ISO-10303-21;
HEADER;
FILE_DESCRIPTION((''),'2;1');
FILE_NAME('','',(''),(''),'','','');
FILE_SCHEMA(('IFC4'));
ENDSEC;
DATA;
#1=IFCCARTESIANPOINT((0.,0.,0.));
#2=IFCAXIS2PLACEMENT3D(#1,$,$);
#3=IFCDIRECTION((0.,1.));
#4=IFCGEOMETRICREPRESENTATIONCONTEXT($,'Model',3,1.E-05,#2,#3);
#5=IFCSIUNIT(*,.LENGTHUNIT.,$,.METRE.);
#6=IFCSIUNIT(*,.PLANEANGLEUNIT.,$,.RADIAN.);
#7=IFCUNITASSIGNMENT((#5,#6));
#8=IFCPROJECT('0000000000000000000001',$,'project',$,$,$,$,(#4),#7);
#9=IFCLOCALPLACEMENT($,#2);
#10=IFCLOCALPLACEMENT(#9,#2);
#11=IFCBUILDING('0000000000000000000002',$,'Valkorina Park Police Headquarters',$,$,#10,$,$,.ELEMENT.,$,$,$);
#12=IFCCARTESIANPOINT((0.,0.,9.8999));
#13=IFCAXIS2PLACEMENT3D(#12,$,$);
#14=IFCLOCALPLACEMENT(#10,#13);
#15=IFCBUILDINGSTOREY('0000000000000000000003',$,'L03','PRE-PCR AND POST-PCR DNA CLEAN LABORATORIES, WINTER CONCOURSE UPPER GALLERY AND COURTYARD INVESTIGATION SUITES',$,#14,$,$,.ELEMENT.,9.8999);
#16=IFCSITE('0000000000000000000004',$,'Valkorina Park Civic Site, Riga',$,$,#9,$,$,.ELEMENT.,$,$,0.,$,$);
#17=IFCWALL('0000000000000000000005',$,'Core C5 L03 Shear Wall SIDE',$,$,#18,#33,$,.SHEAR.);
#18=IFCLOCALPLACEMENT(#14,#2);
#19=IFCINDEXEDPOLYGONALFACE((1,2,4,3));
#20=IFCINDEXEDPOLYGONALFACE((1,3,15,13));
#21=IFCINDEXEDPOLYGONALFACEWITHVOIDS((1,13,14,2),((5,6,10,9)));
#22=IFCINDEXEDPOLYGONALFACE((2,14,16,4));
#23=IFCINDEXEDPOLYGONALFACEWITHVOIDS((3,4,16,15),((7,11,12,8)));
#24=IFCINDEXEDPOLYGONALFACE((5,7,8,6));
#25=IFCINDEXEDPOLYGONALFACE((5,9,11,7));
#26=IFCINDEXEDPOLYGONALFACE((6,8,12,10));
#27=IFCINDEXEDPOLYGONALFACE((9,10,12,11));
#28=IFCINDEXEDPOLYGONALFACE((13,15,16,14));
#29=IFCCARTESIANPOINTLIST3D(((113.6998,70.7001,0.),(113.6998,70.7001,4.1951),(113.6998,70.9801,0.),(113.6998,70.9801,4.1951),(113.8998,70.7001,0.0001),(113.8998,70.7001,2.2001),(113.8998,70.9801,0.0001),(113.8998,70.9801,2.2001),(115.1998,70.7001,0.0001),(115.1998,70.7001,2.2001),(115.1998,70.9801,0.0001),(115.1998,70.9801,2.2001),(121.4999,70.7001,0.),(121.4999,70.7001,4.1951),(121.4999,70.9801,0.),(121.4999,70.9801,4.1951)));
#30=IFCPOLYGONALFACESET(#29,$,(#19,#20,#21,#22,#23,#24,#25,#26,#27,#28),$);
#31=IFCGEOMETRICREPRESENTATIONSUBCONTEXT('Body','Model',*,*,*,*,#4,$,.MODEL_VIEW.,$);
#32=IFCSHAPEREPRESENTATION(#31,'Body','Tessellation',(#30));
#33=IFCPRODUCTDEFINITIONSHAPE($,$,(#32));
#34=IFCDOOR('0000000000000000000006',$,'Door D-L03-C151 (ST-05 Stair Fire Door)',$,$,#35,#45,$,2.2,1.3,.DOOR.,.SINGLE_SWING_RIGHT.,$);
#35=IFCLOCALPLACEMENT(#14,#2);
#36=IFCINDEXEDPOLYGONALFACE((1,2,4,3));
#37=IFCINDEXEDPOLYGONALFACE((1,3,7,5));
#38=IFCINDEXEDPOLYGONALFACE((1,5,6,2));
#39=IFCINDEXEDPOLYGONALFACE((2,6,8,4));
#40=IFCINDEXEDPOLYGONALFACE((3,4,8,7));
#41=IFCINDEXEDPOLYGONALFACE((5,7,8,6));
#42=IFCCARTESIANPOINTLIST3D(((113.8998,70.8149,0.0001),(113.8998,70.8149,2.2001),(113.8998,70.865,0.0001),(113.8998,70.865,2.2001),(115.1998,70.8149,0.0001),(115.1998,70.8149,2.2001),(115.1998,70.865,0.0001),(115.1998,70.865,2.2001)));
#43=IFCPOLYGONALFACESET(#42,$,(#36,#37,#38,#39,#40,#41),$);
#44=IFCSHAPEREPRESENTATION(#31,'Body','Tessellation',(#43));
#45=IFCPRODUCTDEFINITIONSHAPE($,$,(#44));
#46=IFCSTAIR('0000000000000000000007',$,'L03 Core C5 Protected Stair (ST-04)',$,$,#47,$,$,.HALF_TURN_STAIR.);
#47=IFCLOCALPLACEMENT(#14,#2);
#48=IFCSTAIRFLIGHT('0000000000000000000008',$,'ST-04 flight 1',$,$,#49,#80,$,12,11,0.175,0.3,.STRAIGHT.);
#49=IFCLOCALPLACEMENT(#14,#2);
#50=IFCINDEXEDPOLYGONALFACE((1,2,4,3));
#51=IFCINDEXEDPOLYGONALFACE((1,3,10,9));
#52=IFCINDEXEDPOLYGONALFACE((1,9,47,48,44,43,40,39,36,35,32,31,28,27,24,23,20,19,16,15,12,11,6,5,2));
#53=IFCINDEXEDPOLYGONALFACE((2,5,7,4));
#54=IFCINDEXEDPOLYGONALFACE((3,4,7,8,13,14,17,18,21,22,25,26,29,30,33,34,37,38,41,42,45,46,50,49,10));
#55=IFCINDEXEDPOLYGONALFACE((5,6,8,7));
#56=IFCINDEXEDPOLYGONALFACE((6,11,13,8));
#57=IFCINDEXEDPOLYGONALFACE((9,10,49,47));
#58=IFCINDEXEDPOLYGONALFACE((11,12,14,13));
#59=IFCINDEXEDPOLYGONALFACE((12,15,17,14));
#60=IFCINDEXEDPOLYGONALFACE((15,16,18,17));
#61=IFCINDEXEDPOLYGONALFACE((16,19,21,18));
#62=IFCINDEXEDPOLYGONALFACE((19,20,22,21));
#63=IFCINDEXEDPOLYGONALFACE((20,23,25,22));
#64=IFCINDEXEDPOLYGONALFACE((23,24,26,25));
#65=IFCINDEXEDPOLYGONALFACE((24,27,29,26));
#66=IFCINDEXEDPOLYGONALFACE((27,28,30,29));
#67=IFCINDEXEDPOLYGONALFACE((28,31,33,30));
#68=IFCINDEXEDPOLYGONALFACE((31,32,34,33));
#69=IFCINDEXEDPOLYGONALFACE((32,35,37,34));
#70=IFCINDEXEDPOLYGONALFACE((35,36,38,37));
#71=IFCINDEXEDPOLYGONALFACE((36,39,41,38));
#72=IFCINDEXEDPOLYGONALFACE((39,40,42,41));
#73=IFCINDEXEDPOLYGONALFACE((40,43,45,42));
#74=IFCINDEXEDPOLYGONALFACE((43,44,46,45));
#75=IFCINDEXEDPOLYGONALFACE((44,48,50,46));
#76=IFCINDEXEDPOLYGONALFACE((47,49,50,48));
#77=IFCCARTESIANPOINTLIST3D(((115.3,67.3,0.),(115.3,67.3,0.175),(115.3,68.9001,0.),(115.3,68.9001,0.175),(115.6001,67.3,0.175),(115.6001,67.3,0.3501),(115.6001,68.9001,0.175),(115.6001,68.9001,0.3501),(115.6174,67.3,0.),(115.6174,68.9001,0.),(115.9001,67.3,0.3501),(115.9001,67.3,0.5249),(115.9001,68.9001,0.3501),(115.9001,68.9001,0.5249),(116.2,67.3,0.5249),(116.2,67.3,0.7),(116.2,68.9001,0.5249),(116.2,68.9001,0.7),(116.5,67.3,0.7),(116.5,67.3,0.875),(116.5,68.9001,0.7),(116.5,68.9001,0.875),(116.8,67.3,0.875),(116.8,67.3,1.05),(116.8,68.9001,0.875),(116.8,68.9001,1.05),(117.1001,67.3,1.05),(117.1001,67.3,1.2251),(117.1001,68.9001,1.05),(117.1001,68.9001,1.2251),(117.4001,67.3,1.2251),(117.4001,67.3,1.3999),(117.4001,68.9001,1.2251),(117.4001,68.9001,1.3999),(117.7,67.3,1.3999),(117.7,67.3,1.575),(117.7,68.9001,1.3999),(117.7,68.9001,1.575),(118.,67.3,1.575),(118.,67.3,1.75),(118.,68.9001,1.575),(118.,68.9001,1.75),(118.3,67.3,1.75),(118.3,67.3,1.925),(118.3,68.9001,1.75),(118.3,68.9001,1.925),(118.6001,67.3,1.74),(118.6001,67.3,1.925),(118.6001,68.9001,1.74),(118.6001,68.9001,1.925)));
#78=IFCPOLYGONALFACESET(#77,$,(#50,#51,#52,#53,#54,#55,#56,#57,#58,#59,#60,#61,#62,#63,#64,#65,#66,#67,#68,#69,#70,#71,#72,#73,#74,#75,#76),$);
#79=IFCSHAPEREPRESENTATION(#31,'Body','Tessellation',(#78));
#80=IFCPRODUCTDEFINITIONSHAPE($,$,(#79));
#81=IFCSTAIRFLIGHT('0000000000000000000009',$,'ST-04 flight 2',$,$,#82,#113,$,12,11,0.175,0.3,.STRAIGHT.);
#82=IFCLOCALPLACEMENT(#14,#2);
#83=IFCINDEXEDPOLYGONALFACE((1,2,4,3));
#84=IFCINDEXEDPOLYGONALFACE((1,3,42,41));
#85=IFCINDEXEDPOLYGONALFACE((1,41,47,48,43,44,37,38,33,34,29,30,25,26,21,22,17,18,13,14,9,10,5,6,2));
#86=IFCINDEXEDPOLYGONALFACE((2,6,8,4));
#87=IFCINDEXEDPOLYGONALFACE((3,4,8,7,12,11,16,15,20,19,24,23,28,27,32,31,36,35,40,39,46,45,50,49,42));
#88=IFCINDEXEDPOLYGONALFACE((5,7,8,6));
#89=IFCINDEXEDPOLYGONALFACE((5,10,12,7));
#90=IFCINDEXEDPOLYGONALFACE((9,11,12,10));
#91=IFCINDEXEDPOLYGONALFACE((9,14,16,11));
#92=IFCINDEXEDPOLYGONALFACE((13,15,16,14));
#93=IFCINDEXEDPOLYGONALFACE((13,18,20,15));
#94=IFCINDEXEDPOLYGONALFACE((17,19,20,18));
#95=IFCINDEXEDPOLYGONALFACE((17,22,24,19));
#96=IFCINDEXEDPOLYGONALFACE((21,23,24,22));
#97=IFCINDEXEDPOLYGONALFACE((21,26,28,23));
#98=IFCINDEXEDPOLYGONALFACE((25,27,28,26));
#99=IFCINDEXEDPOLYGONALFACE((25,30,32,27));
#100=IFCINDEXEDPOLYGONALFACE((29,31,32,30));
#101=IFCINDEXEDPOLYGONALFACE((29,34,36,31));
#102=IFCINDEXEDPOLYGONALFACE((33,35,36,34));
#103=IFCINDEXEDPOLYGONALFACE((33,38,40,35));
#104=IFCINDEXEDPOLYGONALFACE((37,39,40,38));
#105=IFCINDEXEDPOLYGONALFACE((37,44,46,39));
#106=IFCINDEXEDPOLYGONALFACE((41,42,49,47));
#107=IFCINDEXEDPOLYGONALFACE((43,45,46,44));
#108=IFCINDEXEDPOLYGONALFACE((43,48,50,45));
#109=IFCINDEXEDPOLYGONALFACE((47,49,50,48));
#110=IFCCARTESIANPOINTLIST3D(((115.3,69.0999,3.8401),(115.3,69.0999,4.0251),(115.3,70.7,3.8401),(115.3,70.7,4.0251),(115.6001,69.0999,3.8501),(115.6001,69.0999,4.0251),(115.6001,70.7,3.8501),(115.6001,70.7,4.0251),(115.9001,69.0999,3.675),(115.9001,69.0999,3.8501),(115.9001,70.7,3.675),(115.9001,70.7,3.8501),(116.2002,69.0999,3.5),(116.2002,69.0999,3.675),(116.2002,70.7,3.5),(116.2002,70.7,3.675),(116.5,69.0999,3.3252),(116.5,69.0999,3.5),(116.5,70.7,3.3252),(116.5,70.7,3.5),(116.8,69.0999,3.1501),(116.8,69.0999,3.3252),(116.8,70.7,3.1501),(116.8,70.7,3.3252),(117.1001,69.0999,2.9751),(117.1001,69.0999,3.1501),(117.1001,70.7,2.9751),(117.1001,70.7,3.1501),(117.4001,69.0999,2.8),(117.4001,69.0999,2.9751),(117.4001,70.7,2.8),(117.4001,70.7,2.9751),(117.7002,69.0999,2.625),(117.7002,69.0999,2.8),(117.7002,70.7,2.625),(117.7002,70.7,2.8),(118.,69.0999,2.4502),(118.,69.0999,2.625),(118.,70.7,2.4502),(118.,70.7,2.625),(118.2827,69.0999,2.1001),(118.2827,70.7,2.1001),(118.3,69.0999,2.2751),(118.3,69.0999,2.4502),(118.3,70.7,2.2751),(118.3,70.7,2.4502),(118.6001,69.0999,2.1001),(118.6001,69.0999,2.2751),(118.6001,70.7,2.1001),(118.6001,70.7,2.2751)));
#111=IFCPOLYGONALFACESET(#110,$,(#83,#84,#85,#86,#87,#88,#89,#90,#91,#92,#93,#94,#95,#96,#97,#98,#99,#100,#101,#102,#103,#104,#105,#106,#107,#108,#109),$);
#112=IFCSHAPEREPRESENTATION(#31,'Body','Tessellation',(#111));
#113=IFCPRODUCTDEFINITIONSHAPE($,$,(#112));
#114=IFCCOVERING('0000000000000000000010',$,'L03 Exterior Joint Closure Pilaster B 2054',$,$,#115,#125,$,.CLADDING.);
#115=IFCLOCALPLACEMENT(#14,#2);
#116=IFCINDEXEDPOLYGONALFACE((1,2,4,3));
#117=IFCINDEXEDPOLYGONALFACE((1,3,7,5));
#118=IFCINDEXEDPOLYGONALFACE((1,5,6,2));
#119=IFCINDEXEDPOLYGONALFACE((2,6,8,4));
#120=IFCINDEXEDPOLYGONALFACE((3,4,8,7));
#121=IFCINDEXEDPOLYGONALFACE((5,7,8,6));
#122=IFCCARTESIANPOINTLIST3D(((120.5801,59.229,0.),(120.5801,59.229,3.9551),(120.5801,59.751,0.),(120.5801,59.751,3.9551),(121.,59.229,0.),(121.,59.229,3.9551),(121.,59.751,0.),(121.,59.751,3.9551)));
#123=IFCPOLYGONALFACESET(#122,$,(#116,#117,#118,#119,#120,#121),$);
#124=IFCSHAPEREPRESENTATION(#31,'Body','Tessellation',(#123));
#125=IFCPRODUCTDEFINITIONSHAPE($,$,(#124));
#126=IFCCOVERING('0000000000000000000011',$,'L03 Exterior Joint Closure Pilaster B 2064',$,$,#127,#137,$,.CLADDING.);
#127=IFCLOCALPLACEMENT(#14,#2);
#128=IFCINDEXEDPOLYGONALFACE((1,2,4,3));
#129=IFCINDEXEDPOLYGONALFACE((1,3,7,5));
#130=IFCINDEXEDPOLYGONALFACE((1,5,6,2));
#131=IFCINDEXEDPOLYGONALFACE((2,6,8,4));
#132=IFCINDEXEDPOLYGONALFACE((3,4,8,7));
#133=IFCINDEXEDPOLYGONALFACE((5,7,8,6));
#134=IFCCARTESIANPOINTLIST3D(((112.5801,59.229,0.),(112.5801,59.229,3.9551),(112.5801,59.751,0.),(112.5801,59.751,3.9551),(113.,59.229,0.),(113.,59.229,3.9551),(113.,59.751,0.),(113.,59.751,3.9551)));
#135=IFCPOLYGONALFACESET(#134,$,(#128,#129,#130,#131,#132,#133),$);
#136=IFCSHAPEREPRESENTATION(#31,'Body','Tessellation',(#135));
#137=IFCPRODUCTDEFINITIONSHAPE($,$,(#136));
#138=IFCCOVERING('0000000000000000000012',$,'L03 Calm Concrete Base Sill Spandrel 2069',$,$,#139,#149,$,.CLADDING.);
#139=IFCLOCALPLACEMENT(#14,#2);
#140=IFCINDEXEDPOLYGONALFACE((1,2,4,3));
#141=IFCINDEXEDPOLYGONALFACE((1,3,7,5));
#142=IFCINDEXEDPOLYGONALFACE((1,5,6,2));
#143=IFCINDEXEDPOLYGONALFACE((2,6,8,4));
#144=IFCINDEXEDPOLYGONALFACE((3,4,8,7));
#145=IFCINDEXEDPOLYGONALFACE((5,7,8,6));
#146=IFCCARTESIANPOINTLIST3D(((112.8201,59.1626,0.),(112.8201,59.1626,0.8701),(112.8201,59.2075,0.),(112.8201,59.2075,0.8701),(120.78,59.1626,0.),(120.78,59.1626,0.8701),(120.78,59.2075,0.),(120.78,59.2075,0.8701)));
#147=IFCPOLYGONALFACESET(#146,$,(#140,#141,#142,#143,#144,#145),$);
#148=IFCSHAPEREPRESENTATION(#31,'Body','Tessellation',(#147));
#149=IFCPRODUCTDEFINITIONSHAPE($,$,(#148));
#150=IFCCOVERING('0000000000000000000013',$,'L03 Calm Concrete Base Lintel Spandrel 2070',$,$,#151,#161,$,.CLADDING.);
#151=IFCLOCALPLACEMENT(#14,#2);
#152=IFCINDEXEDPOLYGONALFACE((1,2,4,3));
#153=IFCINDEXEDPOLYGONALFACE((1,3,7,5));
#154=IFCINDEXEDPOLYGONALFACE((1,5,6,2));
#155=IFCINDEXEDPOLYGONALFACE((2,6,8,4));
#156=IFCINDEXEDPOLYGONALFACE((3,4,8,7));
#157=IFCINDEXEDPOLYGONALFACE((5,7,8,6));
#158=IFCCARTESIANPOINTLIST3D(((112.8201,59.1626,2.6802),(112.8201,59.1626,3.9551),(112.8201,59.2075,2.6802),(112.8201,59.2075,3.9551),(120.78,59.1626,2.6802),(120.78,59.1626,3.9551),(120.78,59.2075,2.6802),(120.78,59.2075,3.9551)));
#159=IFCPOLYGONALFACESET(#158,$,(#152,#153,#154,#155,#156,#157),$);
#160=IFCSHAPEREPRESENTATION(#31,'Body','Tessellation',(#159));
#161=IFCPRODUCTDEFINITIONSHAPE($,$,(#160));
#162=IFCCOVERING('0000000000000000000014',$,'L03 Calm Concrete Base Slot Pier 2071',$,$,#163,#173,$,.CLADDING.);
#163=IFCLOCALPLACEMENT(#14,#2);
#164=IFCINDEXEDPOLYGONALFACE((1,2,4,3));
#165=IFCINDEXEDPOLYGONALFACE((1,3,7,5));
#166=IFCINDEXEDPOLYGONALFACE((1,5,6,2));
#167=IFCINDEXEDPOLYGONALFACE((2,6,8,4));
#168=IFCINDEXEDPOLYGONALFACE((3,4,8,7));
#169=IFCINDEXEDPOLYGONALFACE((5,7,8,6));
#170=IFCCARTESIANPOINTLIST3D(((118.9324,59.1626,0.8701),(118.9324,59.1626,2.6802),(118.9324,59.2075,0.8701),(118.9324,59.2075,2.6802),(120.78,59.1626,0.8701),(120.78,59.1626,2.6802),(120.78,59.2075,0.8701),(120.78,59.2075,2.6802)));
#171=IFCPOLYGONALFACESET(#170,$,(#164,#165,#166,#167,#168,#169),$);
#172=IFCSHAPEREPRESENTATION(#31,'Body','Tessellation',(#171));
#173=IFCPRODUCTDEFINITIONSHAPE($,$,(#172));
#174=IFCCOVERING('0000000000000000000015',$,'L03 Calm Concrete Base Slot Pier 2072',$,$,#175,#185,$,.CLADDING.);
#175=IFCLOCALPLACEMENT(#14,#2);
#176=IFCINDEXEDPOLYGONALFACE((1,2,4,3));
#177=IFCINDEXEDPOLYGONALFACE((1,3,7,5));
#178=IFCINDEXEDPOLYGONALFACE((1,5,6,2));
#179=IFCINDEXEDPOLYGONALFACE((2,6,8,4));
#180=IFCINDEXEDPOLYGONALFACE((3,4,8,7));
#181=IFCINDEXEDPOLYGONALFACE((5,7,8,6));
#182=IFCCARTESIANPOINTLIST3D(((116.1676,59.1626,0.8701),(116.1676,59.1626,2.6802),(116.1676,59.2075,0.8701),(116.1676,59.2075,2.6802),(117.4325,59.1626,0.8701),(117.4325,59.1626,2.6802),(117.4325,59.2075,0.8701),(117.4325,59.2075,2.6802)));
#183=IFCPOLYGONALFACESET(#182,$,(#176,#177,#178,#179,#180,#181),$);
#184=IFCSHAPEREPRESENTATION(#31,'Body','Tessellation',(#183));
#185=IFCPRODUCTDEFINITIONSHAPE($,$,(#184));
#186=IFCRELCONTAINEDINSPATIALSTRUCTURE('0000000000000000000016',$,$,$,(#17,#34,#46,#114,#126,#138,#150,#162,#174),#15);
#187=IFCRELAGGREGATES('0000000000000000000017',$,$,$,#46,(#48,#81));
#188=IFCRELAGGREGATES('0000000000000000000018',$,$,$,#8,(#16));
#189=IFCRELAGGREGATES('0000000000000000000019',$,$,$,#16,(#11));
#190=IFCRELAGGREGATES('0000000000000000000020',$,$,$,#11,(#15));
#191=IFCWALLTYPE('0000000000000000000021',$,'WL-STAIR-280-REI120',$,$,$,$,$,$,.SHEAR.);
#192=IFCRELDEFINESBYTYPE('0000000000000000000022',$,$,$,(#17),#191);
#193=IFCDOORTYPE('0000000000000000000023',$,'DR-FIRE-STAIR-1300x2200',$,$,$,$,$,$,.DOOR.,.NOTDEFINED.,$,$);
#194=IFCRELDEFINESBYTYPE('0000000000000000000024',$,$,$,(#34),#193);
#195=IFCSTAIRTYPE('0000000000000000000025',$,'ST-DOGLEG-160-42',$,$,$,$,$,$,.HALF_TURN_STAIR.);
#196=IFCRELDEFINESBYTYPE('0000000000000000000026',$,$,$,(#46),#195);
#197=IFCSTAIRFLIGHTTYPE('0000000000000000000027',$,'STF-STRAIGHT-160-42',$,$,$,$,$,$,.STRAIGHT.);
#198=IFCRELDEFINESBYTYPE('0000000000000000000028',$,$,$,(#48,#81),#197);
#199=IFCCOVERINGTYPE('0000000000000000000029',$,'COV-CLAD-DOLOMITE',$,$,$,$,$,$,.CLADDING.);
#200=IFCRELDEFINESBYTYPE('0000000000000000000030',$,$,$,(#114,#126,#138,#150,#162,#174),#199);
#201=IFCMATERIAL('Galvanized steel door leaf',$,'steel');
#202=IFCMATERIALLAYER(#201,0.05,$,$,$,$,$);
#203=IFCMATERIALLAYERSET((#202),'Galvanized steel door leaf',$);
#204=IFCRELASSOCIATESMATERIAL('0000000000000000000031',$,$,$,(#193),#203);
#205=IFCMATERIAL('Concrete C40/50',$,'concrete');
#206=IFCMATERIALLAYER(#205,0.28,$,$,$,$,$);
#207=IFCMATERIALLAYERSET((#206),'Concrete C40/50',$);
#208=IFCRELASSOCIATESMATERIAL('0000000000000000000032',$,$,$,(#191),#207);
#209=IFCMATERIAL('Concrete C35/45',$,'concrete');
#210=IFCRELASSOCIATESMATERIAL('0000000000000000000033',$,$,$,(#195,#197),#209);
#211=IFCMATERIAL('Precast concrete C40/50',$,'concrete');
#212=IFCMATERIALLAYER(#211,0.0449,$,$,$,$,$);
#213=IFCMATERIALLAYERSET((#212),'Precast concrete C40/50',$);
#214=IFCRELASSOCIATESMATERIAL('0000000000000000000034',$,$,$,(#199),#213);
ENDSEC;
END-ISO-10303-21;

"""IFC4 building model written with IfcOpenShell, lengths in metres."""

from ifc_helpers import new_model, si_unit, direction, frame, frame_2d, origin, origin_2d, place, context, subcontext, project, spatial, polyline, rectangle, outline, extrude, material, layer, layer_set, type_object, element, fill, aggregate, save


model = new_model("IFC4")

# Units and contexts
model_context = context("Model", 3, precision=1e-05, world=origin(), true_north=direction((0.0, 1.0)))
body_context = subcontext(model_context, "Body", "Model", "MODEL_VIEW")
ifc_project = project(units=[si_unit("LENGTHUNIT", "METRE"), si_unit("PLANEANGLEUNIT", "RADIAN")], contexts=[model_context])

# Site, building, storey
site_placement = place(None, origin())
site = spatial("IfcSite", under=ifc_project, at=site_placement, Name="Valkorina Park Civic Site, Riga", CompositionType="ELEMENT", RefElevation=0.0)
building_placement = place(site_placement, origin())
building = spatial("IfcBuilding", under=site, at=building_placement, Name="Valkorina Park Police Headquarters", CompositionType="ELEMENT")
storey_placement = place(building_placement, frame((0.0, 0.0, 9.8999)))
storey = spatial("IfcBuildingStorey", under=building, at=storey_placement, Name="L03", Description="PRE-PCR AND POST-PCR DNA CLEAN LABORATORIES, WINTER CONCOURSE UPPER GALLERY AND COURTYARD INVESTIGATION SUITES", CompositionType="ELEMENT", Elevation=9.8999)

# Shared definitions
ifc_material_1 = material(Name="Concrete C40/50", Category="concrete")
ifc_material_2 = material(Name="Galvanized steel door leaf", Category="steel")
ifc_layer_1 = layer(ifc_material_2, 0.05)
ifc_layer_set_1 = layer_set([ifc_layer_1], Name="Galvanized steel door leaf")
door_type = type_object("IfcDoorType", Name="DR-FIRE-STAIR-1300x2200", OperationType="NOTDEFINED", PredefinedType="DOOR", material=ifc_layer_set_1)

# Shared definitions
ifc_material_3 = material(Name="Concrete C35/45", Category="concrete")

# Wall, opening, door
ifc_layer_2 = layer(ifc_material_1, 0.28)
ifc_layer_set_2 = layer_set([ifc_layer_2], Name="Concrete C40/50")
wall_type_1 = type_object("IfcWallType", Name="WL-STAIR-280-REI120", PredefinedType="SHEAR", material=ifc_layer_set_2)
wall_1_placement = place(storey_placement, frame((113.7, 70.8401, 0.0), z_axis=(0.0, 0.0, 1.0), x_axis=(1.0, 0.0, 0.0)))
wall_1 = element("IfcWall", 1, at=wall_1_placement, inside=storey, type_object=wall_type_1, Name="Core C5 L03 Shear Wall SIDE", PredefinedType="SHEAR", context=body_context, shape_type="SweptSolid", body=[
    extrude(rectangle(XDim=7.8, YDim=0.28, at=frame_2d((3.8999, 0.0))), origin(), (0.0, 0.0, 1.0), 4.1951),
])
opening_1_placement = place(wall_1_placement, frame((0.2, 0.0, 0.0)))
opening_1 = element("IfcOpeningElement", 2, at=opening_1_placement, cuts=wall_1, PredefinedType="OPENING", context=body_context, shape_type="SweptSolid", body=[
    extrude(rectangle(XDim=1.3, YDim=2.2, at=frame_2d((0.6499, 1.1001))), frame((0.0, 0.1499, 0.0), z_axis=(0.0, -1.0, 0.0), x_axis=(1.0, 0.0, 0.0)), (0.0, 0.0, 1.0), 0.3),
])
door_1_placement = place(opening_1_placement, origin())
door_1 = element("IfcDoor", 3, at=door_1_placement, inside=storey, type_object=door_type, Name="Door D-L03-C151 (ST-05 Stair Fire Door)", OperationType="SINGLE_SWING_RIGHT", OverallHeight=2.2, OverallWidth=1.3, PredefinedType="DOOR", context=body_context, shape_type="SweptSolid", body=[
    extrude(rectangle(XDim=1.3, YDim=2.2, at=frame_2d((0.6499, 1.1001))), frame((0.0, 0.0249, 0.0), z_axis=(0.0, -1.0, 0.0), x_axis=(1.0, 0.0, 0.0)), (0.0, 0.0, 1.0), 0.05),
])
fill(opening_1, door_1)

# Stair, stair flights
stair_type = type_object("IfcStairType", Name="ST-DOGLEG-160-42", PredefinedType="HALF_TURN_STAIR", material=ifc_material_3)
stair_placement = place(storey_placement, origin())
stair = element("IfcStair", 4, at=stair_placement, inside=storey, type_object=stair_type, Name="L03 Core C5 Protected Stair (ST-04)", PredefinedType="HALF_TURN_STAIR")
stair_flight_type = type_object("IfcStairFlightType", Name="STF-STRAIGHT-160-42", PredefinedType="STRAIGHT", material=ifc_material_3)
stair_flight_1_placement = place(storey_placement, frame((115.3, 68.1001, 0.0), z_axis=(0.0, 0.0, 1.0), x_axis=(1.0, 0.0, 0.0)))
stair_flight_1 = element("IfcStairFlight", 5, at=stair_flight_1_placement, type_object=stair_flight_type, Name="ST-04 flight 1", NumberOfRisers=12, NumberOfTreads=11, PredefinedType="STRAIGHT", RiserHeight=0.175, TreadLength=0.3, context=body_context, shape_type="SweptSolid", body=[
    extrude(outline(polyline([(0.0, 0.0), (0.0, 0.175), (0.3, 0.175), (0.3, 0.3501), (0.6001, 0.3501), (0.6001, 0.5249), (0.8999, 0.5249), (0.8999, 0.7), (1.2, 0.7), (1.2, 0.875), (1.5, 0.875), (1.5, 1.05), (1.8, 1.05), (1.8, 1.2251), (2.1001, 1.2251), (2.1001, 1.3999), (2.3999, 1.3999), (2.3999, 1.575), (2.7, 1.575), (2.7, 1.75), (3.0, 1.75), (3.0, 1.925), (3.3, 1.925), (3.3, 2.1001), (3.3, 1.74), (0.3174, 0.0), (0.0, 0.0)])), frame((0.0, 0.8, 0.0), z_axis=(0.0, -1.0, 0.0), x_axis=(1.0, 0.0, 0.0)), (0.0, 0.0, 1.0), 1.6001),
])
stair_flight_2_placement = place(storey_placement, frame((118.6001, 69.8999, 2.1001), z_axis=(0.0, 0.0, 1.0), x_axis=(-1.0, 0.0, 0.0)))
stair_flight_2 = element("IfcStairFlight", 6, at=stair_flight_2_placement, type_object=stair_flight_type, Name="ST-04 flight 2", NumberOfRisers=12, NumberOfTreads=11, PredefinedType="STRAIGHT", RiserHeight=0.175, TreadLength=0.3, context=body_context, shape_type="SweptSolid", body=[
    extrude(outline(polyline([(0.0, 0.0), (0.0, 0.175), (0.3, 0.175), (0.3, 0.3501), (0.6001, 0.3501), (0.6001, 0.5249), (0.8999, 0.5249), (0.8999, 0.7), (1.2, 0.7), (1.2, 0.875), (1.5, 0.875), (1.5, 1.05), (1.8, 1.05), (1.8, 1.2251), (2.1001, 1.2251), (2.1001, 1.3999), (2.3999, 1.3999), (2.3999, 1.575), (2.7, 1.575), (2.7, 1.75), (3.0, 1.75), (3.0, 1.925), (3.3, 1.925), (3.3, 2.1001), (3.3, 1.74), (0.3174, 0.0), (0.0, 0.0)])), frame((0.0, 0.8, 0.0), z_axis=(0.0, -1.0, 0.0), x_axis=(1.0, 0.0, 0.0)), (0.0, 0.0, 1.0), 1.6001),
])
aggregate(stair, [stair_flight_1, stair_flight_2])

# Coverings
ifc_material_4 = material(Name="Precast concrete C40/50", Category="concrete")
ifc_layer_3 = layer(ifc_material_4, 0.0449)
ifc_layer_set_3 = layer_set([ifc_layer_3], Name="Precast concrete C40/50")
covering_type = type_object("IfcCoveringType", Name="COV-CLAD-DOLOMITE", PredefinedType="CLADDING", material=ifc_layer_set_3)
for number, where, z_axis, x_axis, name in (
    (7, (120.79, 59.49, 0.0), (0.0, 0.0, 1.0), (1.0, 0.0, 0.0), "L03 Exterior Joint Closure Pilaster B 2054"),
    (8, (112.79, 59.49, 0.0), (0.0, 0.0, 1.0), (1.0, 0.0, 0.0), "L03 Exterior Joint Closure Pilaster B 2064"),
):
    element("IfcCovering", number, at=place(storey_placement, frame(where, z_axis=z_axis, x_axis=x_axis)), inside=storey, type_object=covering_type, Name=name, PredefinedType="CLADDING", context=body_context, shape_type="SweptSolid", body=[
        extrude(rectangle(XDim=0.4199, YDim=0.522, at=origin_2d()), origin(), (0.0, 0.0, 1.0), 3.9551),
    ])
covering_1_placement = place(storey_placement, frame((120.78, 59.1851, 0.0), z_axis=(0.0, 0.0, 1.0), x_axis=(-1.0, 0.0, 0.0)))
element("IfcCovering", 9, at=covering_1_placement, inside=storey, type_object=covering_type, Name="L03 Calm Concrete Base Sill Spandrel 2069", PredefinedType="CLADDING", context=body_context, shape_type="SweptSolid", body=[
    extrude(rectangle(XDim=7.96, YDim=0.0449, at=frame_2d((3.98, 0.0))), origin(), (0.0, 0.0, 1.0), 0.8701),
])
covering_2_placement = place(storey_placement, frame((120.78, 59.1851, 2.6802), z_axis=(0.0, 0.0, 1.0), x_axis=(-1.0, 0.0, 0.0)))
element("IfcCovering", 10, at=covering_2_placement, inside=storey, type_object=covering_type, Name="L03 Calm Concrete Base Lintel Spandrel 2070", PredefinedType="CLADDING", context=body_context, shape_type="SweptSolid", body=[
    extrude(rectangle(XDim=7.96, YDim=0.0449, at=frame_2d((3.98, 0.0))), origin(), (0.0, 0.0, 1.0), 1.2749),
])
covering_3_placement = place(storey_placement, frame((120.78, 59.1851, 0.8701), z_axis=(0.0, 0.0, 1.0), x_axis=(-1.0, 0.0, 0.0)))
element("IfcCovering", 11, at=covering_3_placement, inside=storey, type_object=covering_type, Name="L03 Calm Concrete Base Slot Pier 2071", PredefinedType="CLADDING", context=body_context, shape_type="SweptSolid", body=[
    extrude(rectangle(XDim=1.8477, YDim=0.0449, at=frame_2d((0.9238, 0.0))), origin(), (0.0, 0.0, 1.0), 1.8101),
])
covering_4_placement = place(storey_placement, frame((117.4324, 59.1851, 0.8701), z_axis=(0.0, 0.0, 1.0), x_axis=(-1.0, 0.0, 0.0)))
element("IfcCovering", 12, at=covering_4_placement, inside=storey, type_object=covering_type, Name="L03 Calm Concrete Base Slot Pier 2072", PredefinedType="CLADDING", context=body_context, shape_type="SweptSolid", body=[
    extrude(rectangle(XDim=1.2649, YDim=0.0449, at=frame_2d((0.6323, 0.0))), origin(), (0.0, 0.0, 1.0), 1.8101),
])

save(model, "model.ifc")
